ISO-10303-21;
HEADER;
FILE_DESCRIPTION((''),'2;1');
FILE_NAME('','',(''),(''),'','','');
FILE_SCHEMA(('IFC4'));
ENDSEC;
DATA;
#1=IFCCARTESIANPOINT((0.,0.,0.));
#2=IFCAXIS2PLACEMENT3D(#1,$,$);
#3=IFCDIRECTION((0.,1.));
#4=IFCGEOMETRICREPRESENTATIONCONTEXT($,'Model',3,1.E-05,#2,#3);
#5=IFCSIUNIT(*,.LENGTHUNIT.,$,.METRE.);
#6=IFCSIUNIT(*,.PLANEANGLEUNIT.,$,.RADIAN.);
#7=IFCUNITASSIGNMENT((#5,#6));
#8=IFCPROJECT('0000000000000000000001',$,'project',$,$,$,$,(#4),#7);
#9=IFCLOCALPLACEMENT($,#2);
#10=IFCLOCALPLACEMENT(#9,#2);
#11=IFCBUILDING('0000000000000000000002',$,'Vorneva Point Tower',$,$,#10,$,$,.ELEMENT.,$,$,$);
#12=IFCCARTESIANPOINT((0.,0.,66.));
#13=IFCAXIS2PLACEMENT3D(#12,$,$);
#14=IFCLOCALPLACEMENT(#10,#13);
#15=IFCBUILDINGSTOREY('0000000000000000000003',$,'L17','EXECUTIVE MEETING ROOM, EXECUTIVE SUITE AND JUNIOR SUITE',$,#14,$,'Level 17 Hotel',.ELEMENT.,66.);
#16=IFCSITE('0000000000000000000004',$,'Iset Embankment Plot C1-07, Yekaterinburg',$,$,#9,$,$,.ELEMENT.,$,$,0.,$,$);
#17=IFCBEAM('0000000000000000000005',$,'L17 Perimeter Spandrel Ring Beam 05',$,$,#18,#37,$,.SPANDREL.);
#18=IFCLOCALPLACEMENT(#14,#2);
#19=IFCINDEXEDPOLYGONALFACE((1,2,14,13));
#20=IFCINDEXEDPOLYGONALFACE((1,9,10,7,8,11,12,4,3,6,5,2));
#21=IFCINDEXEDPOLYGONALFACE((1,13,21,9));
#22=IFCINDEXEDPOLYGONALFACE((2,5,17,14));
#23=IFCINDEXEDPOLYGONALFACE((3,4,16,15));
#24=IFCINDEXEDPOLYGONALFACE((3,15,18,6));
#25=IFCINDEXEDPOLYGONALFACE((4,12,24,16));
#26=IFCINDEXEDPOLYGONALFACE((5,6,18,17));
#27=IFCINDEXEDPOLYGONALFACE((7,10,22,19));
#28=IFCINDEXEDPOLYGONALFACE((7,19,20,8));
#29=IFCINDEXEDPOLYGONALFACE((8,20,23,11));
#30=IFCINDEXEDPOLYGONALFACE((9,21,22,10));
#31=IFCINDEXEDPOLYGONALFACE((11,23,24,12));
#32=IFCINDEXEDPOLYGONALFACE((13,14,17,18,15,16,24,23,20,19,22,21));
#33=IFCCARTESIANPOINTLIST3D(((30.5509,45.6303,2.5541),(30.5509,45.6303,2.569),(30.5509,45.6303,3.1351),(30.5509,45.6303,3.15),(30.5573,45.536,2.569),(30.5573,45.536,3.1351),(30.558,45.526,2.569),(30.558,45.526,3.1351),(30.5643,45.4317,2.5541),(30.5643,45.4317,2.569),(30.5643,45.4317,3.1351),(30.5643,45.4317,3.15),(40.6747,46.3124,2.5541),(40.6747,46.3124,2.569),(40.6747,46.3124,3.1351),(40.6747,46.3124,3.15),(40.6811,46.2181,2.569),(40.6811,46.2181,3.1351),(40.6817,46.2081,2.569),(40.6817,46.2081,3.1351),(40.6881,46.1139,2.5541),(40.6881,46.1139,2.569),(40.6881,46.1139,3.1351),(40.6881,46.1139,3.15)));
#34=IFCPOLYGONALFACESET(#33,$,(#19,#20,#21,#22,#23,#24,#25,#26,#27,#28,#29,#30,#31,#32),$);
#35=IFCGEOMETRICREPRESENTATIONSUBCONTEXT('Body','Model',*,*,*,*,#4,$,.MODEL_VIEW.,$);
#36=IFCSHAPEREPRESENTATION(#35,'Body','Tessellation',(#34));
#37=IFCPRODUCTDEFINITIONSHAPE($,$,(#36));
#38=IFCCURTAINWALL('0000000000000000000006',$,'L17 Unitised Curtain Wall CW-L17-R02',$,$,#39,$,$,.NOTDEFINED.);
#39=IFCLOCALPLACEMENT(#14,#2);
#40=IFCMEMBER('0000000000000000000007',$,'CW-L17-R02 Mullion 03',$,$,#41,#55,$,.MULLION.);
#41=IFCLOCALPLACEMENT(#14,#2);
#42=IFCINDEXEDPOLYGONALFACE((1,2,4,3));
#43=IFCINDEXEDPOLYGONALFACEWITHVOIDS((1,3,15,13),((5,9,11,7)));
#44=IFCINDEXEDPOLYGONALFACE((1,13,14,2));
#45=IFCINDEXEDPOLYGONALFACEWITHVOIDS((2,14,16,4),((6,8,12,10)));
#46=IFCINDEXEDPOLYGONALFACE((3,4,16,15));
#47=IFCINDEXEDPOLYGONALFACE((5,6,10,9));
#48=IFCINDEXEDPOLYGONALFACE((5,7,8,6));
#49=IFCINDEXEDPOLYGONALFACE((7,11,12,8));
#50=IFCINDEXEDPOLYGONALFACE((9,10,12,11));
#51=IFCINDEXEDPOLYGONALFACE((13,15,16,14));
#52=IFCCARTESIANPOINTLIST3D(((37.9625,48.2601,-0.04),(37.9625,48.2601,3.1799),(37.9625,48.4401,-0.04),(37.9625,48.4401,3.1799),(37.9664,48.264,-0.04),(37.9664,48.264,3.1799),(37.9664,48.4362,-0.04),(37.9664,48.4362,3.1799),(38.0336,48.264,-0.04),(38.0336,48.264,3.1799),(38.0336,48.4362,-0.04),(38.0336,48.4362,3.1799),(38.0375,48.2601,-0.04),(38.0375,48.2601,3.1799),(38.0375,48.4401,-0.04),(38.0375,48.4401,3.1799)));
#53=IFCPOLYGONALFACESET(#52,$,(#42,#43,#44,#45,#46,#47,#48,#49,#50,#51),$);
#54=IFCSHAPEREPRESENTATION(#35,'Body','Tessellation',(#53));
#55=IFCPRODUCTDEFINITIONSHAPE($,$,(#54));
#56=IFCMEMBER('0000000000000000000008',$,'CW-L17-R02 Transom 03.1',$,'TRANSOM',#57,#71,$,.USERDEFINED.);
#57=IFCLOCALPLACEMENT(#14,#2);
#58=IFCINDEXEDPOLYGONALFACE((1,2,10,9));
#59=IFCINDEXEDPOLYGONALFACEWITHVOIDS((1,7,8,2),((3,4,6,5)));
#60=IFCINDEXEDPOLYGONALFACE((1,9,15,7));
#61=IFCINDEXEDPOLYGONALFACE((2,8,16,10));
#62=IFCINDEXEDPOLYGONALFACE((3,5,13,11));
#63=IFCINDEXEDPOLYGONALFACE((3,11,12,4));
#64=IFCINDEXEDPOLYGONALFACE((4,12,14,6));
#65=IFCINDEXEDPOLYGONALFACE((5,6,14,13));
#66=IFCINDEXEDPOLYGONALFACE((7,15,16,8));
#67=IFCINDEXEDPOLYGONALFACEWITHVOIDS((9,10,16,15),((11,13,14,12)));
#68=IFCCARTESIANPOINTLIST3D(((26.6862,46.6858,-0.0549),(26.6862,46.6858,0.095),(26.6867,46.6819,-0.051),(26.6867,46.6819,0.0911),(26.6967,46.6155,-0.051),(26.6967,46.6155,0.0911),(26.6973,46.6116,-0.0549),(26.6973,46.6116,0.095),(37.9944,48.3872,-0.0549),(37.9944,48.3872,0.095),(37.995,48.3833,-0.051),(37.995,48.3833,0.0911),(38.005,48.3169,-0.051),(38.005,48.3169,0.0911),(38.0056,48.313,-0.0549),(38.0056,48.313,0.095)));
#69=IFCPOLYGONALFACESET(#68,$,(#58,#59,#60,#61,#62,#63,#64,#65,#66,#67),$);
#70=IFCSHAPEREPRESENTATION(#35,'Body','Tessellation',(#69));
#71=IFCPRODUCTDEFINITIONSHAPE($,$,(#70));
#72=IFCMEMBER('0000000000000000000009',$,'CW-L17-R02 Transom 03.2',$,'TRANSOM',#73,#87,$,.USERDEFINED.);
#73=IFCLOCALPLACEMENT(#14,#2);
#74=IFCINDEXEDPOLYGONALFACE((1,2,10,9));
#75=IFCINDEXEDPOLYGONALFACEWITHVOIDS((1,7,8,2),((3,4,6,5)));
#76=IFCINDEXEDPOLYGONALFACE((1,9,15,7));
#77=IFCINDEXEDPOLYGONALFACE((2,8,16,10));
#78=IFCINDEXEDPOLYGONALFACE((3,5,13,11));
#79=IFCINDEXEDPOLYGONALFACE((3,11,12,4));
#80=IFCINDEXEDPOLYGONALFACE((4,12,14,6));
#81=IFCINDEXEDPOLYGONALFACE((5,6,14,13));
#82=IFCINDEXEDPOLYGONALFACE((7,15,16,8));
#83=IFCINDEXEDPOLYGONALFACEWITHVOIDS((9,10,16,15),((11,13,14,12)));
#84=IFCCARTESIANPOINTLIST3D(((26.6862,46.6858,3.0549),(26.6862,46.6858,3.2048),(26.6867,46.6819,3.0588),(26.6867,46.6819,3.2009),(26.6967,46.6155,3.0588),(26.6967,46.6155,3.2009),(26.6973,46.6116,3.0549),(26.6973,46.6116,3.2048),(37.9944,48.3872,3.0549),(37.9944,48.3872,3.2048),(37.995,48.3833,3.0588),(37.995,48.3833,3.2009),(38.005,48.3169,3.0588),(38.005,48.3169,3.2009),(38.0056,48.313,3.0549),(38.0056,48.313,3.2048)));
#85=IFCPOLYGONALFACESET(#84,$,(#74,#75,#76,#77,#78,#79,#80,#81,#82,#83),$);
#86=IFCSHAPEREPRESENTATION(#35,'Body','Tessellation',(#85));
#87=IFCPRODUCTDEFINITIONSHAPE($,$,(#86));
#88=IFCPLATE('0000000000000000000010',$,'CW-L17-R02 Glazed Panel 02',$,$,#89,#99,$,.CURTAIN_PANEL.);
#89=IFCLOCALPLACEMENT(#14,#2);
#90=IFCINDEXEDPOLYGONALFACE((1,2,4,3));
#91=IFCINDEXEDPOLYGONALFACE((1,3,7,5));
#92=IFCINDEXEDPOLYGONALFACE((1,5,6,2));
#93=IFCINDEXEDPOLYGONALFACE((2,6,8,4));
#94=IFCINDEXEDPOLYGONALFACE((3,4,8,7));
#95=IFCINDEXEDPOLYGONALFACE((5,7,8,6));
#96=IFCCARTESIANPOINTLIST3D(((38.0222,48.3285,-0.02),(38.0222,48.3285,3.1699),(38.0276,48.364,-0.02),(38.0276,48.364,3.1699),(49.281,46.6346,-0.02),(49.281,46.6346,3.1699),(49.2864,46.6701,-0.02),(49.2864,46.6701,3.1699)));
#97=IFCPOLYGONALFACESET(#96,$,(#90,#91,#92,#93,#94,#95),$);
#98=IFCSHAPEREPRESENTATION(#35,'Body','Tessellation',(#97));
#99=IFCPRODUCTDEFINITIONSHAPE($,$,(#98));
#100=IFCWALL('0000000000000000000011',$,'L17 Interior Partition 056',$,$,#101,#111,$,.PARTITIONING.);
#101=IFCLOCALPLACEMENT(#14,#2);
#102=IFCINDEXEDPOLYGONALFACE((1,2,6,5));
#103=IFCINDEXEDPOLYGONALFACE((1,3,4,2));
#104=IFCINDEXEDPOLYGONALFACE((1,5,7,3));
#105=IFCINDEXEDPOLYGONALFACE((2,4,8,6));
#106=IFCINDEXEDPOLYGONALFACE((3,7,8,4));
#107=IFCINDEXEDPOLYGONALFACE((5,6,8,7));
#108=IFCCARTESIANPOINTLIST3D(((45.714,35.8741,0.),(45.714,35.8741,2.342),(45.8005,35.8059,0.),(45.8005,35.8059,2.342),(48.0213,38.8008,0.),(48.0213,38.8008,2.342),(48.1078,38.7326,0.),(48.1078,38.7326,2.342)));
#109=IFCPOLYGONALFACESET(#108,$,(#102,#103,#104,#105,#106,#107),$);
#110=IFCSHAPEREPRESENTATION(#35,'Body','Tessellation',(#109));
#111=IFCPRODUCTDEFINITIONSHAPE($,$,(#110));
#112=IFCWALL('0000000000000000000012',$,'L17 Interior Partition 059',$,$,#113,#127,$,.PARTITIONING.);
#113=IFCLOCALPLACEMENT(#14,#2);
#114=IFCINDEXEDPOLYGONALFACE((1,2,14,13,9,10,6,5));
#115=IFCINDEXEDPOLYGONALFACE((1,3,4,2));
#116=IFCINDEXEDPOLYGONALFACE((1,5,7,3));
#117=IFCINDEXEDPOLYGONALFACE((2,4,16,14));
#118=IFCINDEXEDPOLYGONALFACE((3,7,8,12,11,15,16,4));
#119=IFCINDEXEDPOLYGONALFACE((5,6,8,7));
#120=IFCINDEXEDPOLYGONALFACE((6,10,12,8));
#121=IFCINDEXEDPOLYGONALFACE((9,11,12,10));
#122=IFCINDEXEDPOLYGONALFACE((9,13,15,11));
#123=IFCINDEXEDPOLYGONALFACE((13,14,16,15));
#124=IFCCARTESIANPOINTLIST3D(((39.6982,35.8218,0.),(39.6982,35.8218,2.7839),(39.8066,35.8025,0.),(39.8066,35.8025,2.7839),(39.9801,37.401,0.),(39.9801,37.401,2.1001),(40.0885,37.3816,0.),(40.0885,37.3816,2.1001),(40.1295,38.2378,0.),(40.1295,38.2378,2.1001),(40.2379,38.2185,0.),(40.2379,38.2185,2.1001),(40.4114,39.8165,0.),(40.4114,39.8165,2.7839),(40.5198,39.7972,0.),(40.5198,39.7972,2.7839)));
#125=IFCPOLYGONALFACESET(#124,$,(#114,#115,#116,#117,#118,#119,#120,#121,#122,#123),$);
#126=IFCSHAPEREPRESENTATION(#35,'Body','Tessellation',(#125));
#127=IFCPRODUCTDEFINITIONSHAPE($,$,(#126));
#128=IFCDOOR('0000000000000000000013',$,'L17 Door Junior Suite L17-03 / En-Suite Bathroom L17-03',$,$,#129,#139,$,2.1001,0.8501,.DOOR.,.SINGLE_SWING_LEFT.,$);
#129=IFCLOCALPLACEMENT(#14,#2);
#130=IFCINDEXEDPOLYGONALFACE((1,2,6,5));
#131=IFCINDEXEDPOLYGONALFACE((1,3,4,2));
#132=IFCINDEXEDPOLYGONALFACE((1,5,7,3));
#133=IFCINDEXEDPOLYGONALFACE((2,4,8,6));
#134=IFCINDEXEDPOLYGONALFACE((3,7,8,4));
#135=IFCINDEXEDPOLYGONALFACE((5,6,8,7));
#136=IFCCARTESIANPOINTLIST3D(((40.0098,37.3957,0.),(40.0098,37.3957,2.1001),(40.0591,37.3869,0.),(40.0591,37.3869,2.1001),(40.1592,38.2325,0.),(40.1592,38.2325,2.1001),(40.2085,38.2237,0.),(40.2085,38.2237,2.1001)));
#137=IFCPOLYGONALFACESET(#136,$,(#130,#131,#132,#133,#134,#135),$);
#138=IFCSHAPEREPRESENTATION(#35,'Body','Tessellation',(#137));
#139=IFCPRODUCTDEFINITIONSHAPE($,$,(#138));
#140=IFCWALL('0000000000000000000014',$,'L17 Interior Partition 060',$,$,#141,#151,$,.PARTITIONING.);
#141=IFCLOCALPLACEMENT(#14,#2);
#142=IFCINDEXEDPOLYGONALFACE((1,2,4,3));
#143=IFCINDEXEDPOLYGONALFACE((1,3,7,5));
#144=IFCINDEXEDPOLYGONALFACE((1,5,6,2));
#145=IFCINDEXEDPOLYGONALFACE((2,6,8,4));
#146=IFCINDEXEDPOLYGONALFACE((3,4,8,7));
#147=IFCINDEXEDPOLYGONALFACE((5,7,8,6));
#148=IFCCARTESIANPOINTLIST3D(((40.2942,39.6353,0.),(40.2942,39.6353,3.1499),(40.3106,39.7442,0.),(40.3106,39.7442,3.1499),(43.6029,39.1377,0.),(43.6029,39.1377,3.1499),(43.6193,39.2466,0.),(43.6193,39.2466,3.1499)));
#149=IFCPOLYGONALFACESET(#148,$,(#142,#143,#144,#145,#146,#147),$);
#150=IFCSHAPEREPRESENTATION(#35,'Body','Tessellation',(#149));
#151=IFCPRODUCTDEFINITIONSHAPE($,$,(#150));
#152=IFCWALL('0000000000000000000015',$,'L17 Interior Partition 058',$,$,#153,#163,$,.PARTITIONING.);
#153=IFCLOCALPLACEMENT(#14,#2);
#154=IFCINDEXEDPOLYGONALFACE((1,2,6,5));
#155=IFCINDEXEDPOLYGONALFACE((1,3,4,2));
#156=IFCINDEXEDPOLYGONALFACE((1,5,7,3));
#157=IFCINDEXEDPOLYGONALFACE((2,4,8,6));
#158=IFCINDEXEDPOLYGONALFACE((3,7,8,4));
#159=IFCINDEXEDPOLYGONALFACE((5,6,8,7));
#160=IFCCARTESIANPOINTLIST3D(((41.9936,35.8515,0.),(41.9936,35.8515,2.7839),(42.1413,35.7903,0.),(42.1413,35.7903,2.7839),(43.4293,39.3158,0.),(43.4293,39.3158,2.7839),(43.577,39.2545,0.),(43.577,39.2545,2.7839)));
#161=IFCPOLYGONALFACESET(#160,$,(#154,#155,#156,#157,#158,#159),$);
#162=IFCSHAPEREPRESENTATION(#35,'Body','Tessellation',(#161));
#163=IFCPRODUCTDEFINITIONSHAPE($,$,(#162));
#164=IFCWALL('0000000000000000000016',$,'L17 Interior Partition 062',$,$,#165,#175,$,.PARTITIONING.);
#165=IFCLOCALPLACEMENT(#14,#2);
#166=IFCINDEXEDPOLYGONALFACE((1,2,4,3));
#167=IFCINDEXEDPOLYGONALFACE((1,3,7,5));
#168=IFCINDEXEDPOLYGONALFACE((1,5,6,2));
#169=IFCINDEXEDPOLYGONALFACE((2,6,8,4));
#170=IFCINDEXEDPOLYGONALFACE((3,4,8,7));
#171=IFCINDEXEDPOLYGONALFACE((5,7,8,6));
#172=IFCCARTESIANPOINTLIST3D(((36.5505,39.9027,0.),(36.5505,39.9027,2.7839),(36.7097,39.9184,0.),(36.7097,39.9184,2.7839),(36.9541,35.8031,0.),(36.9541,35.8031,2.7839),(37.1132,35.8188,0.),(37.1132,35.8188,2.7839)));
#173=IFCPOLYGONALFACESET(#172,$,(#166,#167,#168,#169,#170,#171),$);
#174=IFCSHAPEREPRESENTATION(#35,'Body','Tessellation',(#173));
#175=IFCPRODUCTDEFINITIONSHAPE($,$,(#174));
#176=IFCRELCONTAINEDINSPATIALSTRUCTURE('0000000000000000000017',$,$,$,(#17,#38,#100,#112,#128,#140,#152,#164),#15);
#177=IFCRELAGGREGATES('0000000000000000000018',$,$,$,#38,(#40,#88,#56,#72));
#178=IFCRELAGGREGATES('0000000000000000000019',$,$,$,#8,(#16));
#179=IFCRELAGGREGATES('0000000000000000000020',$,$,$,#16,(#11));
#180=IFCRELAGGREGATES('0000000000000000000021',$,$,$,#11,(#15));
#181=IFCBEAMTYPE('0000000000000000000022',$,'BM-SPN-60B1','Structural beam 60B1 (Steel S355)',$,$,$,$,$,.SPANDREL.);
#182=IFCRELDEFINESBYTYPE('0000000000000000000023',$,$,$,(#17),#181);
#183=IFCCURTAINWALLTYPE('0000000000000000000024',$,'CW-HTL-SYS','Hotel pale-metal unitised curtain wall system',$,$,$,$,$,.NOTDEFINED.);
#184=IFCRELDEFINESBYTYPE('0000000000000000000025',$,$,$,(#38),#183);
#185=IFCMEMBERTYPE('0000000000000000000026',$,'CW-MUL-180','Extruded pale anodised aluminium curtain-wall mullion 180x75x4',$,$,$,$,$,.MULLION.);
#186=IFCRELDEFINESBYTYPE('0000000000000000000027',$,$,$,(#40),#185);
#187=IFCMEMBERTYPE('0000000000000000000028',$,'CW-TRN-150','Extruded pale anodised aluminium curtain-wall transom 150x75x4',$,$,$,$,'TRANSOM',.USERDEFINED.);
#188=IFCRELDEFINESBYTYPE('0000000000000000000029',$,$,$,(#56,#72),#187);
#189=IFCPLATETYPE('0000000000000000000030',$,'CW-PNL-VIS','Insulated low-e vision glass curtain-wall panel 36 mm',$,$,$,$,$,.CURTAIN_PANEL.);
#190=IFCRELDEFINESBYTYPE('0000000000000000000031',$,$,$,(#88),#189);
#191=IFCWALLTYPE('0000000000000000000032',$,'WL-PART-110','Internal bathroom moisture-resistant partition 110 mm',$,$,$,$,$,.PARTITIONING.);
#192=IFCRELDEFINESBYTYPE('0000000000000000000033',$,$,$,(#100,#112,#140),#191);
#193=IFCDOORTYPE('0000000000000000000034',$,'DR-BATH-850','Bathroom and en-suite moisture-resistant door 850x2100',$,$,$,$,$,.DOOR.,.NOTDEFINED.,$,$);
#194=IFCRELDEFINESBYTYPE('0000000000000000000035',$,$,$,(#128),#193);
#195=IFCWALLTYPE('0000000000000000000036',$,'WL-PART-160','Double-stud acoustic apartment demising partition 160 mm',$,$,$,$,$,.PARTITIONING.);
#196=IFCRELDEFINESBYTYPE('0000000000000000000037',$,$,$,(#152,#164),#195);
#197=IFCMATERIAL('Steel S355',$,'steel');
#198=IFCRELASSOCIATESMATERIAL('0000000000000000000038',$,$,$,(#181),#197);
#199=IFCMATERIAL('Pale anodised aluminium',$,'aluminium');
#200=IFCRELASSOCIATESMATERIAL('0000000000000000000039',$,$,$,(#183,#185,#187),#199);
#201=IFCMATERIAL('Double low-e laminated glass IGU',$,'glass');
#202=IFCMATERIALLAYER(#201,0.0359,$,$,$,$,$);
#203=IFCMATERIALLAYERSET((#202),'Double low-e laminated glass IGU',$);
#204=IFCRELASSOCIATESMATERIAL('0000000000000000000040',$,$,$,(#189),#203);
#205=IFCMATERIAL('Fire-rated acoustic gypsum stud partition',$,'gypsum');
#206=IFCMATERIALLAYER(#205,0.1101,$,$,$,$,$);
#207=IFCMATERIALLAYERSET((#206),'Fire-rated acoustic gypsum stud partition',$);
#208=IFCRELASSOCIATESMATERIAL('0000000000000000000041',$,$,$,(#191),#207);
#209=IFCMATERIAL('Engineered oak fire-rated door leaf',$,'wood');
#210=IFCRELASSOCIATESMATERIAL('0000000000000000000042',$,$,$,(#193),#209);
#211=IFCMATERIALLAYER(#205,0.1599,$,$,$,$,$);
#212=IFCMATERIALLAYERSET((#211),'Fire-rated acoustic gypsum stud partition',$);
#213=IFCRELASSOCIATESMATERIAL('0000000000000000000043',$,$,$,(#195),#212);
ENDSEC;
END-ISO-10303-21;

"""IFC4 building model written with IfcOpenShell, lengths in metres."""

from ifc_helpers import new_model, si_unit, direction, frame, frame_2d, origin, origin_2d, place, context, subcontext, project, spatial, rectangle, hollow_rectangle, i_section, extrude, material, layer, layer_set, material_profile, profile_set, type_object, element, fill, aggregate, save


model = new_model("IFC4")

# Units and contexts
model_context = context("Model", 3, precision=1e-05, world=origin(), true_north=direction((0.0, 1.0)))
body_context = subcontext(model_context, "Body", "Model", "MODEL_VIEW")
ifc_project = project(units=[si_unit("LENGTHUNIT", "METRE"), si_unit("PLANEANGLEUNIT", "RADIAN")], contexts=[model_context])

# Site, building, storey
site_placement = place(None, origin())
site = spatial("IfcSite", under=ifc_project, at=site_placement, Name="Iset Embankment Plot C1-07, Yekaterinburg", CompositionType="ELEMENT", RefElevation=0.0)
building_placement = place(site_placement, origin())
building = spatial("IfcBuilding", under=site, at=building_placement, Name="Vorneva Point Tower", CompositionType="ELEMENT")
storey_placement = place(building_placement, frame((0.0, 0.0, 66.0)))
storey = spatial("IfcBuildingStorey", under=building, at=storey_placement, Name="L17", Description="EXECUTIVE MEETING ROOM, EXECUTIVE SUITE AND JUNIOR SUITE", LongName="Level 17 Hotel", CompositionType="ELEMENT", Elevation=66.0)

# Beam
ifc_material_1 = material(Name="Steel S355", Category="steel")
ifc_material_profile_1 = material_profile(ifc_material_1, i_section(OverallWidth=0.199, OverallDepth=0.5959, WebThickness=0.01, FlangeThickness=0.0149, at=origin_2d()), Name="60B1")
ifc_profile_set_1 = profile_set([ifc_material_profile_1], Name="Steel S355")
beam_type_1 = type_object("IfcBeamType", Name="BM-SPN-60B1", Description="Structural beam 60B1 (Steel S355)", PredefinedType="SPANDREL", material=ifc_profile_set_1)
beam_1_placement = place(storey_placement, frame((40.6814, 46.2131, 2.8521), z_axis=(-0.997738, -0.067226, 0.0), x_axis=(0.067226, -0.997738, 0.0)))
element("IfcBeam", 1, at=beam_1_placement, inside=storey, type_object=beam_type_1, Name="L17 Perimeter Spandrel Ring Beam 05", PredefinedType="SPANDREL", context=body_context, shape_type="SweptSolid", body=[
    extrude(i_section(OverallWidth=0.199, OverallDepth=0.5959, WebThickness=0.01, FlangeThickness=0.0149, at=origin_2d()), origin(), (0.0, 0.0, 1.0), 10.1467),
])

# Curtain wall, members, plate
ifc_material_2 = material(Name="Pale anodised aluminium", Category="aluminium")
curtain_wall_type = type_object("IfcCurtainWallType", Name="CW-HTL-SYS", Description="Hotel pale-metal unitised curtain wall system", PredefinedType="NOTDEFINED", material=ifc_material_2)
curtain_wall_placement = place(storey_placement, origin())
curtain_wall = element("IfcCurtainWall", 2, at=curtain_wall_placement, inside=storey, type_object=curtain_wall_type, Name="L17 Unitised Curtain Wall CW-L17-R02", PredefinedType="NOTDEFINED")
ifc_material_profile_2 = material_profile(ifc_material_2, hollow_rectangle(XDim=0.075, YDim=0.1799, WallThickness=0.0039, at=origin_2d()), Name="AL-MUL 180x75x4")
ifc_profile_set_2 = profile_set([ifc_material_profile_2], Name="Pale anodised aluminium")
member_type_1 = type_object("IfcMemberType", Name="CW-MUL-180", Description="Extruded pale anodised aluminium curtain-wall mullion 180x75x4", PredefinedType="MULLION", material=ifc_profile_set_2)
member_1_placement = place(storey_placement, frame((38.0, 48.3501, -0.04), z_axis=(0.0, 0.0, 1.0), x_axis=(1.0, 0.0, 0.0)))
member_1 = element("IfcMember", 3, at=member_1_placement, type_object=member_type_1, Name="CW-L17-R02 Mullion 03", PredefinedType="MULLION", context=body_context, shape_type="SweptSolid", body=[
    extrude(hollow_rectangle(XDim=0.075, YDim=0.1799, WallThickness=0.0039, at=origin_2d()), origin(), (0.0, 0.0, 1.0), 3.22),
])
ifc_material_profile_3 = material_profile(ifc_material_2, hollow_rectangle(XDim=0.075, YDim=0.1499, WallThickness=0.0039, at=origin_2d()), Name="AL-TRN 150x75x4")
ifc_profile_set_3 = profile_set([ifc_material_profile_3], Name="Pale anodised aluminium")
member_type_2 = type_object("IfcMemberType", Name="CW-TRN-150", Description="Extruded pale anodised aluminium curtain-wall transom 150x75x4", ElementType="TRANSOM", PredefinedType="USERDEFINED", material=ifc_profile_set_3)
member_2_placement = place(storey_placement, frame((38.0, 48.3501, 0.02), z_axis=(-0.98887, -0.148782, 0.0), x_axis=(0.148782, -0.98887, 0.0)))
member_2 = element("IfcMember", 4, at=member_2_placement, type_object=member_type_2, Name="CW-L17-R02 Transom 03.1", ObjectType="TRANSOM", PredefinedType="USERDEFINED", context=body_context, shape_type="SweptSolid", body=[
    extrude(hollow_rectangle(XDim=0.075, YDim=0.1499, WallThickness=0.0039, at=origin_2d()), origin(), (0.0, 0.0, 1.0), 11.4355),
])
member_3_placement = place(storey_placement, frame((38.0, 48.3501, 3.1299), z_axis=(-0.98887, -0.148782, 0.0), x_axis=(0.148782, -0.98887, 0.0)))
member_3 = element("IfcMember", 5, at=member_3_placement, type_object=member_type_2, Name="CW-L17-R02 Transom 03.2", ObjectType="TRANSOM", PredefinedType="USERDEFINED", context=body_context, shape_type="SweptSolid", body=[
    extrude(hollow_rectangle(XDim=0.075, YDim=0.1499, WallThickness=0.0039, at=origin_2d()), origin(), (0.0, 0.0, 1.0), 11.4355),
])
ifc_material_3 = material(Name="Double low-e laminated glass IGU", Category="glass")
ifc_layer_1 = layer(ifc_material_3, 0.0359)
ifc_layer_set_1 = layer_set([ifc_layer_1], Name="Double low-e laminated glass IGU")
plate_type = type_object("IfcPlateType", Name="CW-PNL-VIS", Description="Insulated low-e vision glass curtain-wall panel 36 mm", PredefinedType="CURTAIN_PANEL", material=ifc_layer_set_1)
plate_placement = place(storey_placement, frame((43.6543, 47.4993, -0.02), z_axis=(0.0, 0.0, 1.0), x_axis=(-0.988871, 0.148776, 0.0)))
plate = element("IfcPlate", 6, at=plate_placement, type_object=plate_type, Name="CW-L17-R02 Glazed Panel 02", PredefinedType="CURTAIN_PANEL", context=body_context, shape_type="SweptSolid", body=[
    extrude(rectangle(XDim=11.3855, YDim=0.0359, at=origin_2d()), origin(), (0.0, 0.0, 1.0), 3.1899),
])
aggregate(curtain_wall, [member_1, plate, member_2, member_3])

# Wall
ifc_material_4 = material(Name="Fire-rated acoustic gypsum stud partition", Category="gypsum")
ifc_layer_2 = layer(ifc_material_4, 0.1101)
ifc_layer_set_2 = layer_set([ifc_layer_2], Name="Fire-rated acoustic gypsum stud partition")
wall_type_1 = type_object("IfcWallType", Name="WL-PART-110", Description="Internal bathroom moisture-resistant partition 110 mm", PredefinedType="PARTITIONING", material=ifc_layer_set_2)
wall_1_placement = place(storey_placement, frame((45.7573, 35.8401, 0.0), z_axis=(0.0, 0.0, 1.0), x_axis=(0.619111, 0.785303, 0.0)))
element("IfcWall", 7, at=wall_1_placement, inside=storey, type_object=wall_type_1, Name="L17 Interior Partition 056", PredefinedType="PARTITIONING", context=body_context, shape_type="SweptSolid", body=[
    extrude(rectangle(XDim=3.7268, YDim=0.1101, at=frame_2d((1.8633, 0.0))), origin(), (0.0, 0.0, 1.0), 2.342),
])

# Wall, opening, door
wall_2_placement = place(storey_placement, frame((39.7524, 35.8123, 0.0), z_axis=(0.0, 0.0, 1.0), x_axis=(0.175745, 0.984436, 0.0)))
wall_2 = element("IfcWall", 8, at=wall_2_placement, inside=storey, type_object=wall_type_1, Name="L17 Interior Partition 059", PredefinedType="PARTITIONING", context=body_context, shape_type="SweptSolid", body=[
    extrude(rectangle(XDim=4.0579, YDim=0.1101, at=frame_2d((2.0288, 0.0))), origin(), (0.0, 0.0, 1.0), 2.7839),
])
opening_1_placement = place(wall_2_placement, frame((1.604, 0.0, 0.0)))
opening_1 = element("IfcOpeningElement", 9, at=opening_1_placement, cuts=wall_2, PredefinedType="OPENING", context=body_context, shape_type="SweptSolid", body=[
    extrude(rectangle(XDim=0.8501, YDim=2.1001, at=frame_2d((0.425, 1.05))), frame((0.0, 0.0698, 0.0), z_axis=(0.0, -1.0, 0.0), x_axis=(1.0, 0.0, 0.0)), (0.0, 0.0, 1.0), 0.1399),
])
ifc_material_5 = material(Name="Engineered oak fire-rated door leaf", Category="wood")
door_type_1 = type_object("IfcDoorType", Name="DR-BATH-850", Description="Bathroom and en-suite moisture-resistant door 850x2100", OperationType="NOTDEFINED", PredefinedType="DOOR", material=ifc_material_5)
door_1_placement = place(opening_1_placement, origin())
door_1 = element("IfcDoor", 10, at=door_1_placement, inside=storey, type_object=door_type_1, Name="L17 Door Junior Suite L17-03 / En-Suite Bathroom L17-03", OperationType="SINGLE_SWING_LEFT", OverallHeight=2.1001, OverallWidth=0.8501, PredefinedType="DOOR", context=body_context, shape_type="SweptSolid", body=[
    extrude(rectangle(XDim=0.8501, YDim=2.1001, at=frame_2d((0.425, 1.05))), frame((0.0, 0.0249, 0.0), z_axis=(0.0, -1.0, 0.0), x_axis=(1.0, 0.0, 0.0)), (0.0, 0.0, 1.0), 0.05),
])
fill(opening_1, door_1)

# Walls
wall_3_placement = place(storey_placement, frame((40.3025, 39.6897, 0.0), z_axis=(0.0, 0.0, 1.0), x_axis=(0.988882, -0.148701, 0.0)))
element("IfcWall", 11, at=wall_3_placement, inside=storey, type_object=wall_type_1, Name="L17 Interior Partition 060", PredefinedType="PARTITIONING", context=body_context, shape_type="SweptSolid", body=[
    extrude(rectangle(XDim=3.3459, YDim=0.1101, at=frame_2d((1.6729, 0.0))), origin(), (0.0, 0.0, 1.0), 3.1499),
])
ifc_layer_3 = layer(ifc_material_4, 0.1599)
ifc_layer_set_3 = layer_set([ifc_layer_3], Name="Fire-rated acoustic gypsum stud partition")
wall_type_2 = type_object("IfcWallType", Name="WL-PART-160", Description="Double-stud acoustic apartment demising partition 160 mm", PredefinedType="PARTITIONING", material=ifc_layer_set_3)
wall_4_placement = place(storey_placement, frame((43.5032, 39.2852, 0.0), z_axis=(0.0, 0.0, 1.0), x_axis=(-0.382867, -0.923803, 0.0)))
element("IfcWall", 12, at=wall_4_placement, inside=storey, type_object=wall_type_2, Name="L17 Interior Partition 058", PredefinedType="PARTITIONING", context=body_context, shape_type="SweptSolid", body=[
    extrude(rectangle(XDim=3.75, YDim=0.1599, at=frame_2d((1.875, 0.0))), origin(), (0.0, 0.0, 1.0), 2.7839),
])
wall_5_placement = place(storey_placement, frame((36.6301, 39.9104, 0.0), z_axis=(0.0, 0.0, 1.0), x_axis=(0.097966, -0.99519, 0.0)))
element("IfcWall", 13, at=wall_5_placement, inside=storey, type_object=wall_type_2, Name="L17 Interior Partition 062", PredefinedType="PARTITIONING", context=body_context, shape_type="SweptSolid", body=[
    extrude(rectangle(XDim=4.1194, YDim=0.1599, at=frame_2d((2.0596, 0.0))), origin(), (0.0, 0.0, 1.0), 2.7839),
])

save(model, "model.ifc")
